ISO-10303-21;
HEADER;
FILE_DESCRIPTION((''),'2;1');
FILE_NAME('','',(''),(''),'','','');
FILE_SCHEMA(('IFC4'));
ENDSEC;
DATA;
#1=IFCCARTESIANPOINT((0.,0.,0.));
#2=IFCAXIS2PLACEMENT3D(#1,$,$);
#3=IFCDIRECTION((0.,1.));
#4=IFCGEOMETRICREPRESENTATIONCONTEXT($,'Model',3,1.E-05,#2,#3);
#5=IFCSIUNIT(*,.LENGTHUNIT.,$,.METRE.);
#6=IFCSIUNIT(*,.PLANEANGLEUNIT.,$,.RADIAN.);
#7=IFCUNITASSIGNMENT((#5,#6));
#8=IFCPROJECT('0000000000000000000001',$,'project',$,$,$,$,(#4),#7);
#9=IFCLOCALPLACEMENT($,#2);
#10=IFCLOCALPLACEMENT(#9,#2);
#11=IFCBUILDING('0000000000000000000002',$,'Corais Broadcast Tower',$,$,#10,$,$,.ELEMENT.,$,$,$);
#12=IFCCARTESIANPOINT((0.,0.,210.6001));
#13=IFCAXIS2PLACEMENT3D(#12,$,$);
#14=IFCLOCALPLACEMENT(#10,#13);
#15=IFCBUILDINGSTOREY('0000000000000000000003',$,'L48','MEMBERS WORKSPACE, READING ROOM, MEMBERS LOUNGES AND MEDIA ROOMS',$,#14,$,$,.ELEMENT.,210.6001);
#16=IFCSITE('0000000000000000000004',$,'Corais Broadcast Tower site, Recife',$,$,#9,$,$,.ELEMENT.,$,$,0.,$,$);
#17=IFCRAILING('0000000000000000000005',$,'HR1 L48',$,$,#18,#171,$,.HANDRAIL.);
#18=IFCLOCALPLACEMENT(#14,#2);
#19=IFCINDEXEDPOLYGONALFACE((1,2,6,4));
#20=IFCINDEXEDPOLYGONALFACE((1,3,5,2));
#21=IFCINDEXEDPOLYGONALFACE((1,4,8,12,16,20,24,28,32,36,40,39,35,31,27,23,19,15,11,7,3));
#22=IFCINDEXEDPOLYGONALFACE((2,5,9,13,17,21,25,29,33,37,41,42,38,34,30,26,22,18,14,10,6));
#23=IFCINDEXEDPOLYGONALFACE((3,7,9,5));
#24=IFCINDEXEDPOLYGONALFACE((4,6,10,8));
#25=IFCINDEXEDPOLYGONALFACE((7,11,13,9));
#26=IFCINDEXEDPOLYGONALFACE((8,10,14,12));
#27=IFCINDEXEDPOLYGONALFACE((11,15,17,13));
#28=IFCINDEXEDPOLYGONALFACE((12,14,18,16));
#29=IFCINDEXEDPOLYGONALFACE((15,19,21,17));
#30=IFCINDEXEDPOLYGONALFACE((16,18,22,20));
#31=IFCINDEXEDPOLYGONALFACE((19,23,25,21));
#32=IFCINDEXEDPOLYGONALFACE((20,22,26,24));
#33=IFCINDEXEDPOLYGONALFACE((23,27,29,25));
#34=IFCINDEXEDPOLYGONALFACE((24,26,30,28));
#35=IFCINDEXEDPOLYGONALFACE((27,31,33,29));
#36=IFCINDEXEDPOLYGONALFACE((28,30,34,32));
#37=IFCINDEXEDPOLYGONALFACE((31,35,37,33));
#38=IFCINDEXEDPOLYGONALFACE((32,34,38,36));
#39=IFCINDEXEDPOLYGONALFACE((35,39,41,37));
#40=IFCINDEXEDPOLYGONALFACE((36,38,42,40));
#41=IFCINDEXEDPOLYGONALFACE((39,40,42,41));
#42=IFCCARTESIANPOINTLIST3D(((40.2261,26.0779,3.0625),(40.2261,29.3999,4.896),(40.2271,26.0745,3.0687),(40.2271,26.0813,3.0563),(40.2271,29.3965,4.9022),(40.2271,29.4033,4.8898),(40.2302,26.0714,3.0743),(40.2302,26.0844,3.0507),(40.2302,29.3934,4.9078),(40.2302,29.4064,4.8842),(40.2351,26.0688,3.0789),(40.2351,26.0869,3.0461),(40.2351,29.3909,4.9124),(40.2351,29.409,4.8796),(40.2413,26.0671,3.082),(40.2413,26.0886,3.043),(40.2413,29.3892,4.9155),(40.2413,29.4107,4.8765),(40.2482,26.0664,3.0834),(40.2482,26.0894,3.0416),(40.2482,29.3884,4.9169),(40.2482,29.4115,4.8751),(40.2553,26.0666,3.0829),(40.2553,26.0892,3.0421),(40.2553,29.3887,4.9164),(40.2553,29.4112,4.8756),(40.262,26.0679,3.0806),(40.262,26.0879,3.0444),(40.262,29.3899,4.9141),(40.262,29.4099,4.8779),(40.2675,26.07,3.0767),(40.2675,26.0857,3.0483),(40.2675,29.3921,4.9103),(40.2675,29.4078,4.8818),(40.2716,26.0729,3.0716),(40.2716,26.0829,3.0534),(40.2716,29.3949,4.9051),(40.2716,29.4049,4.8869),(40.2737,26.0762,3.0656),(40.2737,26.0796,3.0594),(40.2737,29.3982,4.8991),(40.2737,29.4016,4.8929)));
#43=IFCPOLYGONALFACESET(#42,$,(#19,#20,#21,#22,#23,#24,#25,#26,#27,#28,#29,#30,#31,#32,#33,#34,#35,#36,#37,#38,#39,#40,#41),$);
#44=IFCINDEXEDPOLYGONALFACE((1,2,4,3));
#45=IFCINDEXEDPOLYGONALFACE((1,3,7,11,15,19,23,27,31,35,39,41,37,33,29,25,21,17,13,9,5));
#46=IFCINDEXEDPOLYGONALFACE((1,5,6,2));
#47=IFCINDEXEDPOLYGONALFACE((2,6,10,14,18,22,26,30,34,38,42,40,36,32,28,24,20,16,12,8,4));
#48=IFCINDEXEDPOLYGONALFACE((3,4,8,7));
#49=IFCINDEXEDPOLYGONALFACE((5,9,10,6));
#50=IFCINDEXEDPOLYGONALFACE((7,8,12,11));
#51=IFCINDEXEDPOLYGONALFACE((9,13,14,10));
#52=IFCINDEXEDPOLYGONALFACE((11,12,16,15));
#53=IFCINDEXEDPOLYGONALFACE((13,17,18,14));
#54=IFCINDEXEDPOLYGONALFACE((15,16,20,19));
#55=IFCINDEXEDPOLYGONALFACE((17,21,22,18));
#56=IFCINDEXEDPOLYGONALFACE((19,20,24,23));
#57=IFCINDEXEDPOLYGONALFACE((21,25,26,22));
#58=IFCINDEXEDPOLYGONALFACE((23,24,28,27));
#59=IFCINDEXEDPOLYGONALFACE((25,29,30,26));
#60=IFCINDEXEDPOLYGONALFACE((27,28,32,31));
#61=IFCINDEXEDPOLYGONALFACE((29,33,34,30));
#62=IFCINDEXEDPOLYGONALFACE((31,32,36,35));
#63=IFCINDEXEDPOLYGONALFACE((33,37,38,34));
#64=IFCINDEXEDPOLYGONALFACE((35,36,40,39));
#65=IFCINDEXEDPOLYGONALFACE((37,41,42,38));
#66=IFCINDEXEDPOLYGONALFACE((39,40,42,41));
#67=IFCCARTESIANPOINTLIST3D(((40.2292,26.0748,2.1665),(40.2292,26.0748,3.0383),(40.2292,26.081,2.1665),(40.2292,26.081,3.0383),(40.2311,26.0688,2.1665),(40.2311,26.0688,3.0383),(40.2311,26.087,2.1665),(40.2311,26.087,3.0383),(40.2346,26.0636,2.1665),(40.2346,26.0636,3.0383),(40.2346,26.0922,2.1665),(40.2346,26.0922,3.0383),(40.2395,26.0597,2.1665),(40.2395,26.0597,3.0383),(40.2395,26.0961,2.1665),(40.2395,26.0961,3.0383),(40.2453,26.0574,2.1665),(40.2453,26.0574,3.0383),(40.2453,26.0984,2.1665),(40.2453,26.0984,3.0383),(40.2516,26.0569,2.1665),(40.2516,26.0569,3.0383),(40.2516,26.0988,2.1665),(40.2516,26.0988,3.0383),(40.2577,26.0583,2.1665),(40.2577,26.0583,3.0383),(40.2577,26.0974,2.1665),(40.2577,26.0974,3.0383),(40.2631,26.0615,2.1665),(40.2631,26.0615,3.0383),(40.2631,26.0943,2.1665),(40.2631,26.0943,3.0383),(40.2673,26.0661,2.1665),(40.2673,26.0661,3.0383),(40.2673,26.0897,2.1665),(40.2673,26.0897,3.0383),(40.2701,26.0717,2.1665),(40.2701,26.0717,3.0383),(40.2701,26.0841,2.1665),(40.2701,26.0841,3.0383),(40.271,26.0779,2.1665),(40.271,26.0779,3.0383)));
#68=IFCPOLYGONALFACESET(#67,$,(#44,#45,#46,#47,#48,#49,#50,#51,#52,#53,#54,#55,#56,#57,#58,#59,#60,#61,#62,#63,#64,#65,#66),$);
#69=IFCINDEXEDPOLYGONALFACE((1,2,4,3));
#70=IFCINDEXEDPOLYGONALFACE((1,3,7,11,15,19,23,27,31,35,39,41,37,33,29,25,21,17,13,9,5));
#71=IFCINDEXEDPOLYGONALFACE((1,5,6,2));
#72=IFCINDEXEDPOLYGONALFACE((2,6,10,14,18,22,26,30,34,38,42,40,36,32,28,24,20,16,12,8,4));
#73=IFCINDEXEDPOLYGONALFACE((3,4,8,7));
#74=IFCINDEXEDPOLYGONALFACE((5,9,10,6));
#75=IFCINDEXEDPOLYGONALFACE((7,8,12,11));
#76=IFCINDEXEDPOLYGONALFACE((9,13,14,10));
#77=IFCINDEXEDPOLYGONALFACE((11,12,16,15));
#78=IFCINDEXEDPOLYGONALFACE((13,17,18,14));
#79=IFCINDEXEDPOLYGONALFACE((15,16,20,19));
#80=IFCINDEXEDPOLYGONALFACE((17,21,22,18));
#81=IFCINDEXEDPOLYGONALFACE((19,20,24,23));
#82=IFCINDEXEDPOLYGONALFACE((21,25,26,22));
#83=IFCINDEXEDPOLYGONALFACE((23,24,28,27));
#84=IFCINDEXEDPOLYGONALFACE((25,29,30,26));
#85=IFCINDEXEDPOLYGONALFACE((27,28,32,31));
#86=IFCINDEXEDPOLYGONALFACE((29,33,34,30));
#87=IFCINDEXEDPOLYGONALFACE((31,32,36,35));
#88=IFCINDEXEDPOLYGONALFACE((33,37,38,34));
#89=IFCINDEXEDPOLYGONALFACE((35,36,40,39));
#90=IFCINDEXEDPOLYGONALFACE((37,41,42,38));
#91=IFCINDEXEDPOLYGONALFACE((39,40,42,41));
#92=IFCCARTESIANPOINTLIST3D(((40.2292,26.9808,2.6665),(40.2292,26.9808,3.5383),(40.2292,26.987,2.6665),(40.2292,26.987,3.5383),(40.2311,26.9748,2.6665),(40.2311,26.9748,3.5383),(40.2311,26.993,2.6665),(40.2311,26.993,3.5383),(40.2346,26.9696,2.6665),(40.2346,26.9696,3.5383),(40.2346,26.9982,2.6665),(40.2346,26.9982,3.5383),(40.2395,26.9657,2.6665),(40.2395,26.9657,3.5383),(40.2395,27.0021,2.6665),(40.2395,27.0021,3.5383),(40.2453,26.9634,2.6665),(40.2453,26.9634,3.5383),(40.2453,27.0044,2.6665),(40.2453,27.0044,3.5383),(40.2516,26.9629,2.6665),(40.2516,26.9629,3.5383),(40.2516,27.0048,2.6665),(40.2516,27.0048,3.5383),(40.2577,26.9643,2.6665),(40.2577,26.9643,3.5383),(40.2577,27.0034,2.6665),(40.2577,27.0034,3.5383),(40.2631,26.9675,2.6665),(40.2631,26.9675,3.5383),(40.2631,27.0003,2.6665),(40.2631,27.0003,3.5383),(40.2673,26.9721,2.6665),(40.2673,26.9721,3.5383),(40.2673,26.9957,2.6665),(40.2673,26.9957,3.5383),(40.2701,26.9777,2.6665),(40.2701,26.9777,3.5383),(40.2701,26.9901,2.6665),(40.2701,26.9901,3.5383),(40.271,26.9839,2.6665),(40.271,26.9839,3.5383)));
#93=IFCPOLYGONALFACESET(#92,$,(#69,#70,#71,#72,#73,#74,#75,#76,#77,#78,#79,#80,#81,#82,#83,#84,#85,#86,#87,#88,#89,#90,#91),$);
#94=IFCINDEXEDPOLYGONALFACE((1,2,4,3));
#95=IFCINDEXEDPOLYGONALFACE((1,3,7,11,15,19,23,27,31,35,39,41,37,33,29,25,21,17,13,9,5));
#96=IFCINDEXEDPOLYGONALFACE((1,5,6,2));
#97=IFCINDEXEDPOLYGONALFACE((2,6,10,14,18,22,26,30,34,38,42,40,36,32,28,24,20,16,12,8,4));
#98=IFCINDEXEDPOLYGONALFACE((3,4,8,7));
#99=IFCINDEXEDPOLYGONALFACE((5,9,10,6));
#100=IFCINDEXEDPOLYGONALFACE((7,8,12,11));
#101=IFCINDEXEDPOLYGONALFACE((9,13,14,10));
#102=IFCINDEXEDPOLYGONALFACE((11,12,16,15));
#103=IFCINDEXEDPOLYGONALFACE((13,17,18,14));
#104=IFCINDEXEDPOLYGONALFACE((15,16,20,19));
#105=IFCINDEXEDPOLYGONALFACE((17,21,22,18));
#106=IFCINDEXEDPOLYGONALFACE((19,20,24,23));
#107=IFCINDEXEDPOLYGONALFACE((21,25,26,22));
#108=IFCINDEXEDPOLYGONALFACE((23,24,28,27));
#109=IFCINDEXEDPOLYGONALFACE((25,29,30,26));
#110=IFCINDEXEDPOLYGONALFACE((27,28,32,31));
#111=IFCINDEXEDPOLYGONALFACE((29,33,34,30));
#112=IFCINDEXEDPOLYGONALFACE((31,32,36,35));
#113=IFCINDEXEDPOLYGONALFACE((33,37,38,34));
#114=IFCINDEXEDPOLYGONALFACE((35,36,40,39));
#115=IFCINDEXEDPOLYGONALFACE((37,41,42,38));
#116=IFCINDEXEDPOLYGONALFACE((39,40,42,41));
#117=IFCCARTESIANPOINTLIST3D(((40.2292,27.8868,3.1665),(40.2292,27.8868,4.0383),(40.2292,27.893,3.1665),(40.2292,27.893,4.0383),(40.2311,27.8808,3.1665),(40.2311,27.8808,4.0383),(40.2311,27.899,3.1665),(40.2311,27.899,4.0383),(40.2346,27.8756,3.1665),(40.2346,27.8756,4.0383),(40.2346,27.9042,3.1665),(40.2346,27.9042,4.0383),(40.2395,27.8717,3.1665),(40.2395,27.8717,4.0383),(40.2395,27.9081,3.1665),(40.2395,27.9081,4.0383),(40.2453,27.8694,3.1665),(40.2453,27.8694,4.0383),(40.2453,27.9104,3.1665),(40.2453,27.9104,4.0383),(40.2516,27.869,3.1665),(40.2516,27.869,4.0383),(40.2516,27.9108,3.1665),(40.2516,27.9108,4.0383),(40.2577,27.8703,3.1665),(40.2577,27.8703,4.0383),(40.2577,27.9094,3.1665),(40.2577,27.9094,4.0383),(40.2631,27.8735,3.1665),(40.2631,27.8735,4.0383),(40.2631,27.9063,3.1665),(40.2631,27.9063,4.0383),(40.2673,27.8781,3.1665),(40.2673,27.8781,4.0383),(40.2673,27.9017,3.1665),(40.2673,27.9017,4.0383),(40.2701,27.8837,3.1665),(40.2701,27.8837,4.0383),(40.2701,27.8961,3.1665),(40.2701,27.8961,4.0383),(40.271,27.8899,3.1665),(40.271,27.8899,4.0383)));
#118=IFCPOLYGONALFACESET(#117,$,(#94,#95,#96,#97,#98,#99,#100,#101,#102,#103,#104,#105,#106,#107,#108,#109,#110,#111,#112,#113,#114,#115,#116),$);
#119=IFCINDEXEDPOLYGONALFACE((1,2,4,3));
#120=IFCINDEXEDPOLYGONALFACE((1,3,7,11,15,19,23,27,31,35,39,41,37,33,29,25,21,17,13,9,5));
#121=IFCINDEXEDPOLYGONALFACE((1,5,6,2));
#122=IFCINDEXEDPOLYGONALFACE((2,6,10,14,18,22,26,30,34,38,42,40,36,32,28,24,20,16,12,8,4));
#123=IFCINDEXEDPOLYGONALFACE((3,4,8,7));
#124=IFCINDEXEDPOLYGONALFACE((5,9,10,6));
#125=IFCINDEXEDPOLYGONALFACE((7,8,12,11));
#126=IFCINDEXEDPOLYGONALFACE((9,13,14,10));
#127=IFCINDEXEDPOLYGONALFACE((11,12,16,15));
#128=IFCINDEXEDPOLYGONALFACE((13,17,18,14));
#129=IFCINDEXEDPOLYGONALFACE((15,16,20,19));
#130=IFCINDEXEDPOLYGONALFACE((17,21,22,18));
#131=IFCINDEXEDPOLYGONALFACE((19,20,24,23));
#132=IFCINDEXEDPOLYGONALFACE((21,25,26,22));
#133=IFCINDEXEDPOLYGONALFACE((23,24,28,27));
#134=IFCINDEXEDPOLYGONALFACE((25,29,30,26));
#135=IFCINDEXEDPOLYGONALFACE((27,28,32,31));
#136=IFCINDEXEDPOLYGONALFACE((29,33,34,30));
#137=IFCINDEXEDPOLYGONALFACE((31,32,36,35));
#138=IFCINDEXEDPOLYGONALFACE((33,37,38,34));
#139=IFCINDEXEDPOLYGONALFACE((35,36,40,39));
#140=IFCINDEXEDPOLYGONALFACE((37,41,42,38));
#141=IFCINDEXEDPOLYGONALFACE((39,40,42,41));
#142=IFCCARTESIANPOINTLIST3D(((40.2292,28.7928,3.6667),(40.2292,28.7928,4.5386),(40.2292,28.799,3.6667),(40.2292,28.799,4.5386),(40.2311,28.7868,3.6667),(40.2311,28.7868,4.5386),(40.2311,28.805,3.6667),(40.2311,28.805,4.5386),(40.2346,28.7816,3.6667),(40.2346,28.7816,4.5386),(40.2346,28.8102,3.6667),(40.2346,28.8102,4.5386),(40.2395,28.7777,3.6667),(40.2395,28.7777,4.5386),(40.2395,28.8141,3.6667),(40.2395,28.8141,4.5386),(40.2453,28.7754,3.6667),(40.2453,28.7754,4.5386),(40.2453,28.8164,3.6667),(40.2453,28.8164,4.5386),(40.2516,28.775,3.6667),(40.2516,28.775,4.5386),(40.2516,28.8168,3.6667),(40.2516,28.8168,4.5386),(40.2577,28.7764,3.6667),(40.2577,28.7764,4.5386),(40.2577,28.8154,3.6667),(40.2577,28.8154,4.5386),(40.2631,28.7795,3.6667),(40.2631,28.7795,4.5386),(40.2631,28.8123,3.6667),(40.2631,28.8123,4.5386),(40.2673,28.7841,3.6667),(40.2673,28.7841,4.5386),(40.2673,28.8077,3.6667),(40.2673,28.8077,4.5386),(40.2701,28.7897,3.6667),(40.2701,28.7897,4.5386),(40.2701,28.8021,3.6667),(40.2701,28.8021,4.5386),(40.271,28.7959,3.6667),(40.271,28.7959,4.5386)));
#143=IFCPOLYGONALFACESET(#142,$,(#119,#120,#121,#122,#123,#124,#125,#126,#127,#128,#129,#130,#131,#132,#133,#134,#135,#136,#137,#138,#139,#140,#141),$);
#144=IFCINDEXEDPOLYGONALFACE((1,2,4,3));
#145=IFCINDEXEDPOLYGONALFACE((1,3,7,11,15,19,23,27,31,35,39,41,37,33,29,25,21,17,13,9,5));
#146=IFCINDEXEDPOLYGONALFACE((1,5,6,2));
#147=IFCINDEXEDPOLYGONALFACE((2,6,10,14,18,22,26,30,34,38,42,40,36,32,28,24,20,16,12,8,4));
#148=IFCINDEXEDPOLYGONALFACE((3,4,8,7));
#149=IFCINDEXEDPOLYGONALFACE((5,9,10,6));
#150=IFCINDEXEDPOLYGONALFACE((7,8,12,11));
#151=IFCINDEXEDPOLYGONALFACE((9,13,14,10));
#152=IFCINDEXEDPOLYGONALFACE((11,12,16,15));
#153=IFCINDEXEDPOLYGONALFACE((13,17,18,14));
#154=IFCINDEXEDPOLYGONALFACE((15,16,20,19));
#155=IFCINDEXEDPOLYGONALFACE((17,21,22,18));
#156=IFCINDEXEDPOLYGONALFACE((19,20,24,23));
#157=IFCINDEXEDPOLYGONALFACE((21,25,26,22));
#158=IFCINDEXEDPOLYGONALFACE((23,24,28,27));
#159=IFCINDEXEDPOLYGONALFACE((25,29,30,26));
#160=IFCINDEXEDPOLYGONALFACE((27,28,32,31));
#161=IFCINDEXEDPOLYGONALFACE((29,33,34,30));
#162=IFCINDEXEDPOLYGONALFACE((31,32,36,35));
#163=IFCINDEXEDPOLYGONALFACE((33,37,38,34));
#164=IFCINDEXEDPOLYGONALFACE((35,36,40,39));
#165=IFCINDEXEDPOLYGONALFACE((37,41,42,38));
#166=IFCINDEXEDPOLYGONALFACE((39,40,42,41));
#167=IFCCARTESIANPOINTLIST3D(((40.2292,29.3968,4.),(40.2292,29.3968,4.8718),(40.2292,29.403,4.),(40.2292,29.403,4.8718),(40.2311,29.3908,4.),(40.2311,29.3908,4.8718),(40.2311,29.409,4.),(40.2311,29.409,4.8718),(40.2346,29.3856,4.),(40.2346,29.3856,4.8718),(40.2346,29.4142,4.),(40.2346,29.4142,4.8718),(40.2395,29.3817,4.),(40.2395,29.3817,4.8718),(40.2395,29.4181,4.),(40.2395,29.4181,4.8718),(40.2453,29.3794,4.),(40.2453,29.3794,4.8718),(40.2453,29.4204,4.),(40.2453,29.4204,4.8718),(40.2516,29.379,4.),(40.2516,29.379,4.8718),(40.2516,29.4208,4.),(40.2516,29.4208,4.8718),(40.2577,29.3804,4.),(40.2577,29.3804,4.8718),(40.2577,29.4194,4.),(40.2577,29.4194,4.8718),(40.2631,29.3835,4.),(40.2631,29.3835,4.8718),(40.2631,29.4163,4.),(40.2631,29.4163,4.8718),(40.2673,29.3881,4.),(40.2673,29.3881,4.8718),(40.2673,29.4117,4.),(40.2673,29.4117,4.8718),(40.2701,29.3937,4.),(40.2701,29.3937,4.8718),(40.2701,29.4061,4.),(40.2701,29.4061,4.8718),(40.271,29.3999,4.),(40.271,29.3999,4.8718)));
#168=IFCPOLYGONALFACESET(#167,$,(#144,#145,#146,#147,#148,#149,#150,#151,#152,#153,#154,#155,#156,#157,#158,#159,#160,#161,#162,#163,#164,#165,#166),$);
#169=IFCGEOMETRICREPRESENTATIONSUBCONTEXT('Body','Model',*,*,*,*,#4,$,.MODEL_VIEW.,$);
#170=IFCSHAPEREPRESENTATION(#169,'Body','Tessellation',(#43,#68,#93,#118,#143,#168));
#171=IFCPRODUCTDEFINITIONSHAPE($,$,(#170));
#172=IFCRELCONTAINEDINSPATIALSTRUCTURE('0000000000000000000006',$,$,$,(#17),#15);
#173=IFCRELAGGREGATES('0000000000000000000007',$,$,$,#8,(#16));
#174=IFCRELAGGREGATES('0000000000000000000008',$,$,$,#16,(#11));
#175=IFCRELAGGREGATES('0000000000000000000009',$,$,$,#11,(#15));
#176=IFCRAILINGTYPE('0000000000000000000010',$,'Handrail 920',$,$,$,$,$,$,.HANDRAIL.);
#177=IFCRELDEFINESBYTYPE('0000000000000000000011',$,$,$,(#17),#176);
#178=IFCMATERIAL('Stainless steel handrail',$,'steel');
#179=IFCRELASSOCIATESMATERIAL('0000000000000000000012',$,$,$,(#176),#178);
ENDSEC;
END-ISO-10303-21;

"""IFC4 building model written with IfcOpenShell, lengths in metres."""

from ifc_helpers import new_model, si_unit, direction, frame, origin, origin_2d, place, context, subcontext, project, spatial, circle, extrude, material, type_object, element, save


model = new_model("IFC4")

# Units and contexts
model_context = context("Model", 3, precision=1e-05, world=origin(), true_north=direction((0.0, 1.0)))
body_context = subcontext(model_context, "Body", "Model", "MODEL_VIEW")
ifc_project = project(units=[si_unit("LENGTHUNIT", "METRE"), si_unit("PLANEANGLEUNIT", "RADIAN")], contexts=[model_context])

# Site, building, storey
site_placement = place(None, origin())
site = spatial("IfcSite", under=ifc_project, at=site_placement, Name="Corais Broadcast Tower site, Recife", CompositionType="ELEMENT", RefElevation=0.0)
building_placement = place(site_placement, origin())
building = spatial("IfcBuilding", under=site, at=building_placement, Name="Corais Broadcast Tower", CompositionType="ELEMENT")
storey_placement = place(building_placement, frame((0.0, 0.0, 210.6001)))
storey = spatial("IfcBuildingStorey", under=building, at=storey_placement, Name="L48", Description="MEMBERS WORKSPACE, READING ROOM, MEMBERS LOUNGES AND MEDIA ROOMS", CompositionType="ELEMENT", Elevation=210.6001)

# Railing
ifc_material_1 = material(Name="Stainless steel handrail", Category="steel")
railing_type = type_object("IfcRailingType", Name="Handrail 920", PredefinedType="HANDRAIL", material=ifc_material_1)
for number, where, name in (
    (1, (40.25, 26.0779, 2.1665), "HR1 L48"),
):
    element("IfcRailing", number, at=place(storey_placement, frame(where)), inside=storey, type_object=railing_type, Name=name, PredefinedType="HANDRAIL", context=body_context, shape_type="SweptSolid", body=[
        extrude(circle(Radius=0.0239, at=origin_2d()), frame((0.0, 0.0, 0.896), z_axis=(0.0, 0.875504, 0.48321), x_axis=(-1.0, 0.0, 0.0)), (0.0, 0.0, 1.0), 3.7944),
        extrude(circle(Radius=0.021, at=origin_2d()), origin(), (0.0, 0.0, 1.0), 0.8718),
        extrude(circle(Radius=0.021, at=origin_2d()), frame((0.0, 0.906, 0.5)), (0.0, 0.0, 1.0), 0.8718),
        extrude(circle(Radius=0.021, at=origin_2d()), frame((0.0, 1.812, 1.0)), (0.0, 0.0, 1.0), 0.8718),
        extrude(circle(Radius=0.021, at=origin_2d()), frame((0.0, 2.718, 1.5002)), (0.0, 0.0, 1.0), 0.8718),
        extrude(circle(Radius=0.021, at=origin_2d()), frame((0.0, 3.322, 1.8335)), (0.0, 0.0, 1.0), 0.8718),
    ])

save(model, "model.ifc")
